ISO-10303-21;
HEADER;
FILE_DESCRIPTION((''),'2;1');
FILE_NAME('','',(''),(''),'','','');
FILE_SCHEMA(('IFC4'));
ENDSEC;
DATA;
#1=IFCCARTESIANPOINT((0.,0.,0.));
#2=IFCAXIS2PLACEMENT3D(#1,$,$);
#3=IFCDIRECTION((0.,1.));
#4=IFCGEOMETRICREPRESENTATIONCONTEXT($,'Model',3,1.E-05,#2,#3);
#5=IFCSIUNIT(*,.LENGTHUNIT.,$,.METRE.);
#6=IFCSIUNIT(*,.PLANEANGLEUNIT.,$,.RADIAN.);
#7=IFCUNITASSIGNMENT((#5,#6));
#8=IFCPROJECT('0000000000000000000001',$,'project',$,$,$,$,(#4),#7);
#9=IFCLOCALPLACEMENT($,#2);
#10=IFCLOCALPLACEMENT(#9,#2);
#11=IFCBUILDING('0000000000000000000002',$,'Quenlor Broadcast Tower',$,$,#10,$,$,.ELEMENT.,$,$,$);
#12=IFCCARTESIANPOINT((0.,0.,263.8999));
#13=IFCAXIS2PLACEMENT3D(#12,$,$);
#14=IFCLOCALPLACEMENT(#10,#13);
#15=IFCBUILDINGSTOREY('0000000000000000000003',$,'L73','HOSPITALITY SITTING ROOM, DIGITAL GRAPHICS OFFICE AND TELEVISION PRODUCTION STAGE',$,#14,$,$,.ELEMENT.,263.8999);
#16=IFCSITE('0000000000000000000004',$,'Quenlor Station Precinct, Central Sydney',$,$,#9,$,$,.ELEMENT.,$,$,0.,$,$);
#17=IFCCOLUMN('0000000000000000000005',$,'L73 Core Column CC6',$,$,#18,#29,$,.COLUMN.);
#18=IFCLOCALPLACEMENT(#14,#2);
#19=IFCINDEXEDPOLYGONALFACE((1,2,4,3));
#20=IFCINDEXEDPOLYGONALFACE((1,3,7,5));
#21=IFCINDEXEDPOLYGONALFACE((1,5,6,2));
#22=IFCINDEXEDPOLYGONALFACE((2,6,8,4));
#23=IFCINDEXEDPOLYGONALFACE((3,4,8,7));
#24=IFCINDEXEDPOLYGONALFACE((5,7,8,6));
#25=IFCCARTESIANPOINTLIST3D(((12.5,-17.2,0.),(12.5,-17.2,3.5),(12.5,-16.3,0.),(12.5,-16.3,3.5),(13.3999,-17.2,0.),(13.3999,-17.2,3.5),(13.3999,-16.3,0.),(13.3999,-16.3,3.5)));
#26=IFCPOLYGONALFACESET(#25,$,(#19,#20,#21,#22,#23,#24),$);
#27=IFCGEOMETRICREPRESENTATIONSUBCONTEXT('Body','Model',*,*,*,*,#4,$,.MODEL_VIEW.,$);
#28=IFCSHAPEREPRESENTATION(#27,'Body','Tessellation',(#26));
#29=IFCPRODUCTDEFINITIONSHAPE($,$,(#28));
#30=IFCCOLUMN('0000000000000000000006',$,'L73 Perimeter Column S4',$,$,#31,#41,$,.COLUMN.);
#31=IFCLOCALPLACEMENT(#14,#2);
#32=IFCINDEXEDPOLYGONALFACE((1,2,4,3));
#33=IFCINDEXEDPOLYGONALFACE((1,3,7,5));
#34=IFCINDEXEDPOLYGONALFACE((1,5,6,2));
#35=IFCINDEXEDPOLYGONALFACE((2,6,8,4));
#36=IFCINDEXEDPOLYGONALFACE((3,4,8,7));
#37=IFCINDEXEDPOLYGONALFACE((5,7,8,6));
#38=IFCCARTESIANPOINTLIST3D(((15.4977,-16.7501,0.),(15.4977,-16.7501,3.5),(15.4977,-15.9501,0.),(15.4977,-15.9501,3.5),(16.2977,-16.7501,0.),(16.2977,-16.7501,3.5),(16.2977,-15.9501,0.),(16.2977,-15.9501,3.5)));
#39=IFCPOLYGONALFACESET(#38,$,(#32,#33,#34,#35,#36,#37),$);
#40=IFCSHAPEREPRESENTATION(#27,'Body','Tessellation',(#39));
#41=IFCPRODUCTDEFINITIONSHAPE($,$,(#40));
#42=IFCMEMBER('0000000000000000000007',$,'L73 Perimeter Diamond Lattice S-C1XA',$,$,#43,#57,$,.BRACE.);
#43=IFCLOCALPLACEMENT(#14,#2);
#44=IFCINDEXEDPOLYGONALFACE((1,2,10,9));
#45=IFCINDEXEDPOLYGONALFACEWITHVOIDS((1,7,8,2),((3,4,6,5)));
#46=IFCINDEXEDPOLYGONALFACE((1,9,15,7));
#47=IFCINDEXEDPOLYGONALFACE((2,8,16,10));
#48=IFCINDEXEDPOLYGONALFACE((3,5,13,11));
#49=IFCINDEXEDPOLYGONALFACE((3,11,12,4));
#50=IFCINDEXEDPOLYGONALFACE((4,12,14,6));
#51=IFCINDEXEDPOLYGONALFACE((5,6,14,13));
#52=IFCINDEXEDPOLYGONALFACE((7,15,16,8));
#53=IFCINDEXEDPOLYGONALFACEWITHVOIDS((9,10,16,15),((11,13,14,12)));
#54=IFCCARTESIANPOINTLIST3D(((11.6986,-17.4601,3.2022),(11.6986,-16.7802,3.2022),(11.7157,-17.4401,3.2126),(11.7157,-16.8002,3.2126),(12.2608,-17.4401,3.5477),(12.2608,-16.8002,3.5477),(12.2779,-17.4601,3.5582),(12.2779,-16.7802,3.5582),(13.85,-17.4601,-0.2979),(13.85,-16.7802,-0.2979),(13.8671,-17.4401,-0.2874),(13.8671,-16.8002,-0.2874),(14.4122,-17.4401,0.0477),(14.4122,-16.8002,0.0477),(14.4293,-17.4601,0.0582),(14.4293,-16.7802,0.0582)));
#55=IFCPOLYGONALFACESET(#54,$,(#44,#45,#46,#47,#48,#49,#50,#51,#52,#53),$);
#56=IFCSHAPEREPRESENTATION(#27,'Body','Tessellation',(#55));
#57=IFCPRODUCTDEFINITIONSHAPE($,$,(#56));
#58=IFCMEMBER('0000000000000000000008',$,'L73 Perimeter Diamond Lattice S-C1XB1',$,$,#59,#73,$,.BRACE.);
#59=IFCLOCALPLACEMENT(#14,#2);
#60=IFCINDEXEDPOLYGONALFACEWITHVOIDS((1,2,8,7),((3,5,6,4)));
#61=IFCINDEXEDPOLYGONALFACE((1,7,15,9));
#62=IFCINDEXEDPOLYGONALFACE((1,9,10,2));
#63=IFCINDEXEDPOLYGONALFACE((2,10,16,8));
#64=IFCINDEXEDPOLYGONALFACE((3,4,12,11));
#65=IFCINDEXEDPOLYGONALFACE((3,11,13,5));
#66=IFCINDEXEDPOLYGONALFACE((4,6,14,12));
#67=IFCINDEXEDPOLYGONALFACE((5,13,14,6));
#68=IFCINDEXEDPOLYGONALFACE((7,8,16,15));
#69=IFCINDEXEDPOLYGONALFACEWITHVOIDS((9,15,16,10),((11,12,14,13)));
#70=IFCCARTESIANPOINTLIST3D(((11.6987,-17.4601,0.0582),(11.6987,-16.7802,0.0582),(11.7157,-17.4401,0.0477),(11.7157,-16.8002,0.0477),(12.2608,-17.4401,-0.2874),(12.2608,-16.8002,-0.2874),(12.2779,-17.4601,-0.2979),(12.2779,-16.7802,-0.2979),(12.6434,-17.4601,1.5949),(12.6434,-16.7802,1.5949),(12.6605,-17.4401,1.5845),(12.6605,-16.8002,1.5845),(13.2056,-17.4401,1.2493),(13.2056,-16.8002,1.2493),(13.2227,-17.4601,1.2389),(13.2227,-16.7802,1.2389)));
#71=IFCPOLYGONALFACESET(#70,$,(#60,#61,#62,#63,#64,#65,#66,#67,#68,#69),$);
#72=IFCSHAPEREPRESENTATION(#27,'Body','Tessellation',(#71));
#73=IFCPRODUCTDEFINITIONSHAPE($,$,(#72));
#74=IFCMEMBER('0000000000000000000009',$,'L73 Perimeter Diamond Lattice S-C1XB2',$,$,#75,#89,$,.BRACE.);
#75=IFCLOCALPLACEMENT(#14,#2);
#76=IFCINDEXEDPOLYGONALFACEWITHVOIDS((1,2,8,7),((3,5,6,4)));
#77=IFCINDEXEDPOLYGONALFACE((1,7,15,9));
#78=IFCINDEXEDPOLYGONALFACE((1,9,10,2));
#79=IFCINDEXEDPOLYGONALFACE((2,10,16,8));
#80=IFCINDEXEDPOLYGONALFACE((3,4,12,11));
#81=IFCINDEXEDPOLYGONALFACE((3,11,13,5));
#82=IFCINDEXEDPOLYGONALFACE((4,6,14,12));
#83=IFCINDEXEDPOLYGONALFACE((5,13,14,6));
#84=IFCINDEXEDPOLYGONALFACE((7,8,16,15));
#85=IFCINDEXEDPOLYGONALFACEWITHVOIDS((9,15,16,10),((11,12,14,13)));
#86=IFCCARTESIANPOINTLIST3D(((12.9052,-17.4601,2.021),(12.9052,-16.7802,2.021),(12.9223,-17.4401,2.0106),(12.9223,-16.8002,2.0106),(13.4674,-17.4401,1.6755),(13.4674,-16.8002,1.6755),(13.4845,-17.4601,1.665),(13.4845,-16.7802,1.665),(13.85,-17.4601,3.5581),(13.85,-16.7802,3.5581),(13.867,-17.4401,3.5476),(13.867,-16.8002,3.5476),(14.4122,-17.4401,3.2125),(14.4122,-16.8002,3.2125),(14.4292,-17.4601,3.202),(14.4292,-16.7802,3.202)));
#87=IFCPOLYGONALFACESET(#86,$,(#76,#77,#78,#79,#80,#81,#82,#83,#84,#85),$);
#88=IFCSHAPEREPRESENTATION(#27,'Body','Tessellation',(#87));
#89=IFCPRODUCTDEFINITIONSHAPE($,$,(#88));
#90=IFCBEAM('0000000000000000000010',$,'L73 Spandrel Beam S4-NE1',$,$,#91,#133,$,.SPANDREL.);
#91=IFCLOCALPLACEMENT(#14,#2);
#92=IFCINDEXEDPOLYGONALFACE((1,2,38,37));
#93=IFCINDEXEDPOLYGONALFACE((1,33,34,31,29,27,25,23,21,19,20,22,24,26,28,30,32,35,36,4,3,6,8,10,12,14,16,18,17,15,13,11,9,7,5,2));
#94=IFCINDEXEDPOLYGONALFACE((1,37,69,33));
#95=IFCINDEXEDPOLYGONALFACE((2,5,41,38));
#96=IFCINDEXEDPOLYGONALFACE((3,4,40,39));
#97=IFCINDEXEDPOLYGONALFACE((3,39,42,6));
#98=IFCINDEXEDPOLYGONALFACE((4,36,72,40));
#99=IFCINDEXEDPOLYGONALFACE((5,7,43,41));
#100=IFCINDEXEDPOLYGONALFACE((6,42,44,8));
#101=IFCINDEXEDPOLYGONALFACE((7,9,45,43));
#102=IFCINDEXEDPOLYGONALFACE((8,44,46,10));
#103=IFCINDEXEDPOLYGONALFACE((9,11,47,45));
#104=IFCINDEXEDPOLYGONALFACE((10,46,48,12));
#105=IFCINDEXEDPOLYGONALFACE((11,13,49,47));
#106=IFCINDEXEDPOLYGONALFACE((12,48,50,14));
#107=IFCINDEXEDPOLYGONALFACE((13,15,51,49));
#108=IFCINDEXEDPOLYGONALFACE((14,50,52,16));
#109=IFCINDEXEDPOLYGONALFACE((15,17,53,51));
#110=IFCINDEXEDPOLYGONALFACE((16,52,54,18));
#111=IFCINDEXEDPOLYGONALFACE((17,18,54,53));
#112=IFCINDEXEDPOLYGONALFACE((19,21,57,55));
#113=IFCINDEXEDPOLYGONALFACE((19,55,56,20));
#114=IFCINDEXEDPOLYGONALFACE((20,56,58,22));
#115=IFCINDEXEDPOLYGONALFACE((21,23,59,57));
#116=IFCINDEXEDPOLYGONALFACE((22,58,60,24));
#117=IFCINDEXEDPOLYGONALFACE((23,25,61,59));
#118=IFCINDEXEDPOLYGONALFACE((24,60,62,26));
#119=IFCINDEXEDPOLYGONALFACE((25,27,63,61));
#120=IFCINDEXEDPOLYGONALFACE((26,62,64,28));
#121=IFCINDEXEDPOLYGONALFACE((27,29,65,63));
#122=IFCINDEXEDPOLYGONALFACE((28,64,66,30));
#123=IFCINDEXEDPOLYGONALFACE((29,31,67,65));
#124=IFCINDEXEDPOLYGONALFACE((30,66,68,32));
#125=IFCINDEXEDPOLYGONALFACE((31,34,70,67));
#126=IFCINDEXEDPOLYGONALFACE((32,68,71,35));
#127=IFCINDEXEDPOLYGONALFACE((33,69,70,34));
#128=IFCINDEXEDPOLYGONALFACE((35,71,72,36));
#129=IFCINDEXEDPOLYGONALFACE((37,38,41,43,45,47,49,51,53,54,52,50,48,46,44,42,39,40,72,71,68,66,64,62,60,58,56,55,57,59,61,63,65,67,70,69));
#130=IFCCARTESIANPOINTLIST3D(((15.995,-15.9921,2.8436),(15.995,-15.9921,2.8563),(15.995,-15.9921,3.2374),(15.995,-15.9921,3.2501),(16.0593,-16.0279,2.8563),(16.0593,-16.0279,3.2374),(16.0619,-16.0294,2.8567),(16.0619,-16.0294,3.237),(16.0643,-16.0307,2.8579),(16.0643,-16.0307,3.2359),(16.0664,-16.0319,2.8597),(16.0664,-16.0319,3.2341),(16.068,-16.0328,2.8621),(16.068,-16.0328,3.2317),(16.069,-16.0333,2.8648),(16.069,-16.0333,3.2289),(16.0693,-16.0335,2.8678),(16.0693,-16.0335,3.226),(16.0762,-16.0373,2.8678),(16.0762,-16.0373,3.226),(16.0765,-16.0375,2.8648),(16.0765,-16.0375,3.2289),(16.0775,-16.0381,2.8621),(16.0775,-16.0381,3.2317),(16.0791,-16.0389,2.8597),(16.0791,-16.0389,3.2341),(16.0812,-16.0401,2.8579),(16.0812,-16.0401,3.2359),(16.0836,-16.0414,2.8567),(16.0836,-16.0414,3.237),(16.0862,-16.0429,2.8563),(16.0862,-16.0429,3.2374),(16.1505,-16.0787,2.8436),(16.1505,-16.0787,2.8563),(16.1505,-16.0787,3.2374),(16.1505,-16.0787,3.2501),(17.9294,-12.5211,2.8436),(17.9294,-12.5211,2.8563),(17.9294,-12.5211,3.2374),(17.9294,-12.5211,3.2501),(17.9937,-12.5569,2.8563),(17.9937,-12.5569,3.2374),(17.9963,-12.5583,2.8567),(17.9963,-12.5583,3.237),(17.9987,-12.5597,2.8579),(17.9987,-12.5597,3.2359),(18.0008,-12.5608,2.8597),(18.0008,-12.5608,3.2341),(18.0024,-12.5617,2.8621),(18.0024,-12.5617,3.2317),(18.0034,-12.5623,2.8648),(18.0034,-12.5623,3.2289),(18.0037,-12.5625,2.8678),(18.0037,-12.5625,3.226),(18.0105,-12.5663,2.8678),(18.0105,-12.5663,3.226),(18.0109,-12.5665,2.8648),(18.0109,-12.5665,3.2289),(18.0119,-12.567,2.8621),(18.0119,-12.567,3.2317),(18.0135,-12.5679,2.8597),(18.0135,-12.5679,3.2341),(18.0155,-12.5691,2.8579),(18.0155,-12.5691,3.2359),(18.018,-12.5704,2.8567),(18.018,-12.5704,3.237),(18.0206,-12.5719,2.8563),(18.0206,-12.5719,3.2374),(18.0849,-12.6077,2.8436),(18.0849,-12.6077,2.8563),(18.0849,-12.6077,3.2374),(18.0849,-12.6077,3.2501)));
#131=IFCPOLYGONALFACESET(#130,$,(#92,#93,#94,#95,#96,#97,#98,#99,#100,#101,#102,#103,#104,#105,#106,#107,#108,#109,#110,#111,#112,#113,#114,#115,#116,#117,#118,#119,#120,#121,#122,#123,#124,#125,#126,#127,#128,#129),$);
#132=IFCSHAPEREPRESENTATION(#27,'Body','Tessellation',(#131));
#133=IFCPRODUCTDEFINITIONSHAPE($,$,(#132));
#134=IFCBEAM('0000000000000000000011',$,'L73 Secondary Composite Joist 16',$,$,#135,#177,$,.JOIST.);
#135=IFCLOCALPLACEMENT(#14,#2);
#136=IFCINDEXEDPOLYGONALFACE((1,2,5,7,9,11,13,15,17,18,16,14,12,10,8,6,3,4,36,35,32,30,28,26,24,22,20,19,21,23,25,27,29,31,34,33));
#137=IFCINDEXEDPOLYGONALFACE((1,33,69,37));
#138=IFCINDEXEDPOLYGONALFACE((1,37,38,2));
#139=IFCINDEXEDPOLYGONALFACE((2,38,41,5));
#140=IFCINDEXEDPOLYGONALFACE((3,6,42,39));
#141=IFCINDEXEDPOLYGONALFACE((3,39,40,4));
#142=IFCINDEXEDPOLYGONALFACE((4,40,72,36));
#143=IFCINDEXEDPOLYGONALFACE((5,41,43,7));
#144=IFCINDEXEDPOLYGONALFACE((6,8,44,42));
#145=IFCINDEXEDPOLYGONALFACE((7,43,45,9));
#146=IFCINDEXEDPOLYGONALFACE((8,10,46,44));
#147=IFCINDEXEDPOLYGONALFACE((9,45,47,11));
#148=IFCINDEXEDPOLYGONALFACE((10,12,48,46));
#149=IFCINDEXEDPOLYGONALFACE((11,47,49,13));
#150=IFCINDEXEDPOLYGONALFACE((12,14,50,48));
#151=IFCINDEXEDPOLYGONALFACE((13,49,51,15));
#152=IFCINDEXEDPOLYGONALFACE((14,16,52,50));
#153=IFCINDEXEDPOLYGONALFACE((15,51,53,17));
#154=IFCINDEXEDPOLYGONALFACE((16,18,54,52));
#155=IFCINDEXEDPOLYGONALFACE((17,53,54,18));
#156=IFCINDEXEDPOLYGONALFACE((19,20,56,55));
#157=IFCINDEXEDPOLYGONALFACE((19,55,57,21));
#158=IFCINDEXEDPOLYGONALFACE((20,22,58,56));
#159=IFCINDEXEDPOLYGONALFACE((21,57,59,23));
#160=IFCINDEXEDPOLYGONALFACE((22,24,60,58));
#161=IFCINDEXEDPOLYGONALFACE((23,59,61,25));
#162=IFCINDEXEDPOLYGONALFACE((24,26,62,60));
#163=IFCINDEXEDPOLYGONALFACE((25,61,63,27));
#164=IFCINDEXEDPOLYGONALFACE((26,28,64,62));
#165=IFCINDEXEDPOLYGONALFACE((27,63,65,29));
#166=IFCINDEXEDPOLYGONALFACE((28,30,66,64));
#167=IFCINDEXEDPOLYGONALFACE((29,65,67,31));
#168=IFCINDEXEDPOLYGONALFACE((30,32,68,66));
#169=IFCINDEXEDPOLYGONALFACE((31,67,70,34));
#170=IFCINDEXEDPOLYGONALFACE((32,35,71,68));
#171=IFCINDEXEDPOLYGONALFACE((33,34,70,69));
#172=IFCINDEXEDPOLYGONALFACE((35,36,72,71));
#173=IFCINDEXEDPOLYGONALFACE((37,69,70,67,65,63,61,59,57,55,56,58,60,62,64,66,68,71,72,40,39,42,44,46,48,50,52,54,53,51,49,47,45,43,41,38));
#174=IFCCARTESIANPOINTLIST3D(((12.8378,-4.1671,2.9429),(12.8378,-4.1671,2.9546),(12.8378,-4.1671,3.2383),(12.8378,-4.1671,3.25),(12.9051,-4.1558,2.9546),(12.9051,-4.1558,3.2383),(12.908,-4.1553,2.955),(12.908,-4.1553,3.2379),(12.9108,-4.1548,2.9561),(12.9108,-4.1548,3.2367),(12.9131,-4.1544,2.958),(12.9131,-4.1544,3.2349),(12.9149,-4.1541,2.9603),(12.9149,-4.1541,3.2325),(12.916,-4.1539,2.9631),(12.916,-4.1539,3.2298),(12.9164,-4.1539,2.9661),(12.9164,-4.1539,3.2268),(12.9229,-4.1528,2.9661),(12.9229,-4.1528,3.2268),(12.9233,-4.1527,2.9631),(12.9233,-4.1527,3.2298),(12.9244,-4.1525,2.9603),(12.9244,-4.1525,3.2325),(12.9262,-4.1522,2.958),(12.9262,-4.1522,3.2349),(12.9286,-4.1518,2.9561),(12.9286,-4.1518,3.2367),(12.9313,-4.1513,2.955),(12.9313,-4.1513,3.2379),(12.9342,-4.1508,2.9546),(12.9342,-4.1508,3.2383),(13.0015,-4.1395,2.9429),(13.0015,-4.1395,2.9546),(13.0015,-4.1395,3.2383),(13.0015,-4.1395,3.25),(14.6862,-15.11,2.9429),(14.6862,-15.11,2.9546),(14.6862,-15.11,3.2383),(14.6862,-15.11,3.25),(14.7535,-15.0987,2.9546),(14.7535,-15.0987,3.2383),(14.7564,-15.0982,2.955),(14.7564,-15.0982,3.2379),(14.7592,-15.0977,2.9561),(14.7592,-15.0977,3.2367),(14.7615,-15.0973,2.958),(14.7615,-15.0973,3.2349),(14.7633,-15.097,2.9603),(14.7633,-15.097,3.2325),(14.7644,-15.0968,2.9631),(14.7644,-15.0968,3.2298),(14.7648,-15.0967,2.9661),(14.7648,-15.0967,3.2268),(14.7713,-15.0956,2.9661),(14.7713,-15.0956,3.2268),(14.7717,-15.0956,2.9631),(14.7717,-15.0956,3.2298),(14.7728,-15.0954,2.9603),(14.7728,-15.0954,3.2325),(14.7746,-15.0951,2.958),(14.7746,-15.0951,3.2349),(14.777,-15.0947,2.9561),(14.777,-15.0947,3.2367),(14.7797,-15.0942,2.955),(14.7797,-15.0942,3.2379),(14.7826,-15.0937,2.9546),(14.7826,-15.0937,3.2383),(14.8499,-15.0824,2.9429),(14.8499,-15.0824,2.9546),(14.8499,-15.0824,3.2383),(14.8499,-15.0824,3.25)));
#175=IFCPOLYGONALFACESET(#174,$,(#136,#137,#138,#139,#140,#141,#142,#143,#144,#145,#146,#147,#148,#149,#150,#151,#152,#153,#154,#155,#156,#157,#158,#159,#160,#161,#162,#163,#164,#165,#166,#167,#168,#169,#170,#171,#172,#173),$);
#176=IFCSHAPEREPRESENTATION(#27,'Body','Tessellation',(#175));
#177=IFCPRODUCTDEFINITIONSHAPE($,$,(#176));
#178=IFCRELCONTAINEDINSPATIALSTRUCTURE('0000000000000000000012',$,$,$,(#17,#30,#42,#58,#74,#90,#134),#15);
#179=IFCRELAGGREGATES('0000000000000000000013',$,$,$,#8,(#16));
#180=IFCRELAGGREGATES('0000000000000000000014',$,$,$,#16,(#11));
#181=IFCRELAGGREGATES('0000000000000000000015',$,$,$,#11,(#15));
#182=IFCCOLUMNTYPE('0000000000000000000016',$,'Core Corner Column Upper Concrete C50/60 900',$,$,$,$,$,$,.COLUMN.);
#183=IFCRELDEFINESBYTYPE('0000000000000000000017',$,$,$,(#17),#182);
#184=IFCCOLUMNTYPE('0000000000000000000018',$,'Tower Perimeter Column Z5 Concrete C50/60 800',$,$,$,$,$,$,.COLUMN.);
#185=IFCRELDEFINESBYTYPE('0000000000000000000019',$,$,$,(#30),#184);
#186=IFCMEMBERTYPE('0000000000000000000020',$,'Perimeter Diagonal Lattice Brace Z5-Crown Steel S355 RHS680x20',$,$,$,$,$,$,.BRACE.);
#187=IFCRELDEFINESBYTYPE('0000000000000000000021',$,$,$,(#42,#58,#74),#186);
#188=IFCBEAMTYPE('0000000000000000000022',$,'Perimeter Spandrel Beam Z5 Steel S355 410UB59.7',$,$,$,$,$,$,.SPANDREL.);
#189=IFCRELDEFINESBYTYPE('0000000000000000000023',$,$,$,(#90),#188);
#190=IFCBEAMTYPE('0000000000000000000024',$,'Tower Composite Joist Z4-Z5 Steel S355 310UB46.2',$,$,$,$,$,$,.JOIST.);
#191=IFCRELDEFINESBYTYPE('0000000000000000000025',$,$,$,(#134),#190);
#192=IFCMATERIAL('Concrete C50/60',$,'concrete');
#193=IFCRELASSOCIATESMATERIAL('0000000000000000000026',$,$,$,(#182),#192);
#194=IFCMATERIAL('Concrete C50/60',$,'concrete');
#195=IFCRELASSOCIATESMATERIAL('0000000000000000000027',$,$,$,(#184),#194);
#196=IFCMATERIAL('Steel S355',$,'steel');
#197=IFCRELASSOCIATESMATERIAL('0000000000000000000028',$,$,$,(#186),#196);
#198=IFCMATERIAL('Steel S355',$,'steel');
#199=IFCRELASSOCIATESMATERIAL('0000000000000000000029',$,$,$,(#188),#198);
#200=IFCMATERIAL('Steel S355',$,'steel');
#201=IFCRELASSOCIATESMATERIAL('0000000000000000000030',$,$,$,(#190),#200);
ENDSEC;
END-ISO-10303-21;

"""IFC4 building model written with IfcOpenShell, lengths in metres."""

from ifc_helpers import new_model, si_unit, direction, frame, origin, origin_2d, place, context, subcontext, project, spatial, rectangle, hollow_rectangle, i_section, extrude, material, material_profile, profile_set, type_object, element, save


model = new_model("IFC4")

# Units and contexts
model_context = context("Model", 3, precision=1e-05, world=origin(), true_north=direction((0.0, 1.0)))
body_context = subcontext(model_context, "Body", "Model", "MODEL_VIEW")
ifc_project = project(units=[si_unit("LENGTHUNIT", "METRE"), si_unit("PLANEANGLEUNIT", "RADIAN")], contexts=[model_context])

# Site, building, storey
site_placement = place(None, origin())
site = spatial("IfcSite", under=ifc_project, at=site_placement, Name="Quenlor Station Precinct, Central Sydney", CompositionType="ELEMENT", RefElevation=0.0)
building_placement = place(site_placement, origin())
building = spatial("IfcBuilding", under=site, at=building_placement, Name="Quenlor Broadcast Tower", CompositionType="ELEMENT")
storey_placement = place(building_placement, frame((0.0, 0.0, 263.8999)))
storey = spatial("IfcBuildingStorey", under=building, at=storey_placement, Name="L73", Description="HOSPITALITY SITTING ROOM, DIGITAL GRAPHICS OFFICE AND TELEVISION PRODUCTION STAGE", CompositionType="ELEMENT", Elevation=263.8999)

# Columns
ifc_material_1 = material(Name="Concrete C50/60", Category="concrete")
ifc_material_profile_1 = material_profile(ifc_material_1, rectangle(XDim=0.8999, YDim=0.8999, at=origin_2d()))
ifc_profile_set_1 = profile_set([ifc_material_profile_1], Name="Concrete C50/60 RC900x900")
column_type_1 = type_object("IfcColumnType", Name="Core Corner Column Upper Concrete C50/60 900", PredefinedType="COLUMN", material=ifc_profile_set_1)
column_1_placement = place(storey_placement, frame((12.95, -16.75, 0.0), z_axis=(0.0, 0.0, 1.0), x_axis=(1.0, 0.0, 0.0)))
element("IfcColumn", 1, at=column_1_placement, inside=storey, type_object=column_type_1, Name="L73 Core Column CC6", PredefinedType="COLUMN", context=body_context, shape_type="SweptSolid", body=[
    extrude(rectangle(XDim=0.8999, YDim=0.8999, at=origin_2d()), origin(), (0.0, 0.0, 1.0), 3.5),
])
ifc_material_2 = material(Name="Concrete C50/60", Category="concrete")
ifc_material_profile_2 = material_profile(ifc_material_2, rectangle(XDim=0.8, YDim=0.8, at=origin_2d()))
ifc_profile_set_2 = profile_set([ifc_material_profile_2], Name="Concrete C50/60 RC800x800")
column_type_2 = type_object("IfcColumnType", Name="Tower Perimeter Column Z5 Concrete C50/60 800", PredefinedType="COLUMN", material=ifc_profile_set_2)
column_2_placement = place(storey_placement, frame((15.8977, -16.3501, 0.0), z_axis=(0.0, 0.0, 1.0), x_axis=(0.0, 1.0, 0.0)))
element("IfcColumn", 2, at=column_2_placement, inside=storey, type_object=column_type_2, Name="L73 Perimeter Column S4", PredefinedType="COLUMN", context=body_context, shape_type="SweptSolid", body=[
    extrude(rectangle(XDim=0.8, YDim=0.8, at=origin_2d()), origin(), (0.0, 0.0, 1.0), 3.5),
])

# Members
ifc_material_3 = material(Name="Steel S355", Category="steel")
ifc_material_profile_3 = material_profile(ifc_material_3, hollow_rectangle(XDim=0.6799, YDim=0.6799, WallThickness=0.02, at=origin_2d()))
ifc_profile_set_3 = profile_set([ifc_material_profile_3], Name="Steel S355 RHS680x680x20")
member_type = type_object("IfcMemberType", Name="Perimeter Diagonal Lattice Brace Z5-Crown Steel S355 RHS680x20", PredefinedType="BRACE", material=ifc_profile_set_3)
member_1_placement = place(storey_placement, frame((14.1396, -17.1201, -0.1199), z_axis=(-0.52366, 0.0, 0.851928), x_axis=(0.0, -1.0, 0.0)))
element("IfcMember", 3, at=member_1_placement, inside=storey, type_object=member_type, Name="L73 Perimeter Diamond Lattice S-C1XA", PredefinedType="BRACE", context=body_context, shape_type="SweptSolid", body=[
    extrude(hollow_rectangle(XDim=0.6799, YDim=0.6799, WallThickness=0.02, at=origin_2d()), origin(), (0.0, 0.0, 1.0), 4.1084),
])
member_2_placement = place(storey_placement, frame((11.9883, -17.1201, -0.1199), z_axis=(0.52372, 0.0, 0.851891), x_axis=(0.0, 1.0, 0.0)))
element("IfcMember", 4, at=member_2_placement, inside=storey, type_object=member_type, Name="L73 Perimeter Diamond Lattice S-C1XB1", PredefinedType="BRACE", context=body_context, shape_type="SweptSolid", body=[
    extrude(hollow_rectangle(XDim=0.6799, YDim=0.6799, WallThickness=0.02, at=origin_2d()), origin(), (0.0, 0.0, 1.0), 1.804),
])
member_3_placement = place(storey_placement, frame((13.1948, -17.1201, 1.843), z_axis=(0.523659, 0.0, 0.851928), x_axis=(0.0, 1.0, 0.0)))
element("IfcMember", 5, at=member_3_placement, inside=storey, type_object=member_type, Name="L73 Perimeter Diamond Lattice S-C1XB2", PredefinedType="BRACE", context=body_context, shape_type="SweptSolid", body=[
    extrude(hollow_rectangle(XDim=0.6799, YDim=0.6799, WallThickness=0.02, at=origin_2d()), origin(), (0.0, 0.0, 1.0), 1.8042),
])

# Beams
ifc_material_4 = material(Name="Steel S355", Category="steel")
ifc_material_profile_4 = material_profile(ifc_material_4, i_section(OverallWidth=0.178, OverallDepth=0.4065, WebThickness=0.0078, FlangeThickness=0.0127, FilletRadius=0.0115, at=origin_2d()))
ifc_profile_set_4 = profile_set([ifc_material_profile_4], Name="Steel S355 410UB59.7")
beam_type_1 = type_object("IfcBeamType", Name="Perimeter Spandrel Beam Z5 Steel S355 410UB59.7", PredefinedType="SPANDREL", material=ifc_profile_set_4)
beam_1_placement = place(storey_placement, frame((16.0728, -16.0354, 3.0469), z_axis=(0.486801, 0.873513, 0.0), x_axis=(-0.873513, 0.486801, 0.0)))
element("IfcBeam", 6, at=beam_1_placement, inside=storey, type_object=beam_type_1, Name="L73 Spandrel Beam S4-NE1", PredefinedType="SPANDREL", context=body_context, shape_type="SweptSolid", body=[
    extrude(i_section(OverallWidth=0.178, OverallDepth=0.4065, WebThickness=0.0078, FlangeThickness=0.0127, FilletRadius=0.0115, at=origin_2d()), origin(), (0.0, 0.0, 1.0), 3.9736),
])
ifc_material_5 = material(Name="Steel S355", Category="steel")
ifc_material_profile_5 = material_profile(ifc_material_5, i_section(OverallWidth=0.166, OverallDepth=0.3071, WebThickness=0.0066, FlangeThickness=0.0117, FilletRadius=0.0115, at=origin_2d()))
ifc_profile_set_5 = profile_set([ifc_material_profile_5], Name="Steel S355 310UB46.2")
beam_type_2 = type_object("IfcBeamType", Name="Tower Composite Joist Z4-Z5 Steel S355 310UB46.2", PredefinedType="JOIST", material=ifc_profile_set_5)
beam_2_placement = place(storey_placement, frame((14.7681, -15.0962, 3.0964), z_axis=(-0.166553, 0.986032, 0.0), x_axis=(-0.986032, -0.166553, 0.0)))
element("IfcBeam", 7, at=beam_2_placement, inside=storey, type_object=beam_type_2, Name="L73 Secondary Composite Joist 16", PredefinedType="JOIST", context=body_context, shape_type="SweptSolid", body=[
    extrude(i_section(OverallWidth=0.166, OverallDepth=0.3071, WebThickness=0.0066, FlangeThickness=0.0117, FilletRadius=0.0115, at=origin_2d()), origin(), (0.0, 0.0, 1.0), 11.0979),
])

save(model, "model.ifc")
